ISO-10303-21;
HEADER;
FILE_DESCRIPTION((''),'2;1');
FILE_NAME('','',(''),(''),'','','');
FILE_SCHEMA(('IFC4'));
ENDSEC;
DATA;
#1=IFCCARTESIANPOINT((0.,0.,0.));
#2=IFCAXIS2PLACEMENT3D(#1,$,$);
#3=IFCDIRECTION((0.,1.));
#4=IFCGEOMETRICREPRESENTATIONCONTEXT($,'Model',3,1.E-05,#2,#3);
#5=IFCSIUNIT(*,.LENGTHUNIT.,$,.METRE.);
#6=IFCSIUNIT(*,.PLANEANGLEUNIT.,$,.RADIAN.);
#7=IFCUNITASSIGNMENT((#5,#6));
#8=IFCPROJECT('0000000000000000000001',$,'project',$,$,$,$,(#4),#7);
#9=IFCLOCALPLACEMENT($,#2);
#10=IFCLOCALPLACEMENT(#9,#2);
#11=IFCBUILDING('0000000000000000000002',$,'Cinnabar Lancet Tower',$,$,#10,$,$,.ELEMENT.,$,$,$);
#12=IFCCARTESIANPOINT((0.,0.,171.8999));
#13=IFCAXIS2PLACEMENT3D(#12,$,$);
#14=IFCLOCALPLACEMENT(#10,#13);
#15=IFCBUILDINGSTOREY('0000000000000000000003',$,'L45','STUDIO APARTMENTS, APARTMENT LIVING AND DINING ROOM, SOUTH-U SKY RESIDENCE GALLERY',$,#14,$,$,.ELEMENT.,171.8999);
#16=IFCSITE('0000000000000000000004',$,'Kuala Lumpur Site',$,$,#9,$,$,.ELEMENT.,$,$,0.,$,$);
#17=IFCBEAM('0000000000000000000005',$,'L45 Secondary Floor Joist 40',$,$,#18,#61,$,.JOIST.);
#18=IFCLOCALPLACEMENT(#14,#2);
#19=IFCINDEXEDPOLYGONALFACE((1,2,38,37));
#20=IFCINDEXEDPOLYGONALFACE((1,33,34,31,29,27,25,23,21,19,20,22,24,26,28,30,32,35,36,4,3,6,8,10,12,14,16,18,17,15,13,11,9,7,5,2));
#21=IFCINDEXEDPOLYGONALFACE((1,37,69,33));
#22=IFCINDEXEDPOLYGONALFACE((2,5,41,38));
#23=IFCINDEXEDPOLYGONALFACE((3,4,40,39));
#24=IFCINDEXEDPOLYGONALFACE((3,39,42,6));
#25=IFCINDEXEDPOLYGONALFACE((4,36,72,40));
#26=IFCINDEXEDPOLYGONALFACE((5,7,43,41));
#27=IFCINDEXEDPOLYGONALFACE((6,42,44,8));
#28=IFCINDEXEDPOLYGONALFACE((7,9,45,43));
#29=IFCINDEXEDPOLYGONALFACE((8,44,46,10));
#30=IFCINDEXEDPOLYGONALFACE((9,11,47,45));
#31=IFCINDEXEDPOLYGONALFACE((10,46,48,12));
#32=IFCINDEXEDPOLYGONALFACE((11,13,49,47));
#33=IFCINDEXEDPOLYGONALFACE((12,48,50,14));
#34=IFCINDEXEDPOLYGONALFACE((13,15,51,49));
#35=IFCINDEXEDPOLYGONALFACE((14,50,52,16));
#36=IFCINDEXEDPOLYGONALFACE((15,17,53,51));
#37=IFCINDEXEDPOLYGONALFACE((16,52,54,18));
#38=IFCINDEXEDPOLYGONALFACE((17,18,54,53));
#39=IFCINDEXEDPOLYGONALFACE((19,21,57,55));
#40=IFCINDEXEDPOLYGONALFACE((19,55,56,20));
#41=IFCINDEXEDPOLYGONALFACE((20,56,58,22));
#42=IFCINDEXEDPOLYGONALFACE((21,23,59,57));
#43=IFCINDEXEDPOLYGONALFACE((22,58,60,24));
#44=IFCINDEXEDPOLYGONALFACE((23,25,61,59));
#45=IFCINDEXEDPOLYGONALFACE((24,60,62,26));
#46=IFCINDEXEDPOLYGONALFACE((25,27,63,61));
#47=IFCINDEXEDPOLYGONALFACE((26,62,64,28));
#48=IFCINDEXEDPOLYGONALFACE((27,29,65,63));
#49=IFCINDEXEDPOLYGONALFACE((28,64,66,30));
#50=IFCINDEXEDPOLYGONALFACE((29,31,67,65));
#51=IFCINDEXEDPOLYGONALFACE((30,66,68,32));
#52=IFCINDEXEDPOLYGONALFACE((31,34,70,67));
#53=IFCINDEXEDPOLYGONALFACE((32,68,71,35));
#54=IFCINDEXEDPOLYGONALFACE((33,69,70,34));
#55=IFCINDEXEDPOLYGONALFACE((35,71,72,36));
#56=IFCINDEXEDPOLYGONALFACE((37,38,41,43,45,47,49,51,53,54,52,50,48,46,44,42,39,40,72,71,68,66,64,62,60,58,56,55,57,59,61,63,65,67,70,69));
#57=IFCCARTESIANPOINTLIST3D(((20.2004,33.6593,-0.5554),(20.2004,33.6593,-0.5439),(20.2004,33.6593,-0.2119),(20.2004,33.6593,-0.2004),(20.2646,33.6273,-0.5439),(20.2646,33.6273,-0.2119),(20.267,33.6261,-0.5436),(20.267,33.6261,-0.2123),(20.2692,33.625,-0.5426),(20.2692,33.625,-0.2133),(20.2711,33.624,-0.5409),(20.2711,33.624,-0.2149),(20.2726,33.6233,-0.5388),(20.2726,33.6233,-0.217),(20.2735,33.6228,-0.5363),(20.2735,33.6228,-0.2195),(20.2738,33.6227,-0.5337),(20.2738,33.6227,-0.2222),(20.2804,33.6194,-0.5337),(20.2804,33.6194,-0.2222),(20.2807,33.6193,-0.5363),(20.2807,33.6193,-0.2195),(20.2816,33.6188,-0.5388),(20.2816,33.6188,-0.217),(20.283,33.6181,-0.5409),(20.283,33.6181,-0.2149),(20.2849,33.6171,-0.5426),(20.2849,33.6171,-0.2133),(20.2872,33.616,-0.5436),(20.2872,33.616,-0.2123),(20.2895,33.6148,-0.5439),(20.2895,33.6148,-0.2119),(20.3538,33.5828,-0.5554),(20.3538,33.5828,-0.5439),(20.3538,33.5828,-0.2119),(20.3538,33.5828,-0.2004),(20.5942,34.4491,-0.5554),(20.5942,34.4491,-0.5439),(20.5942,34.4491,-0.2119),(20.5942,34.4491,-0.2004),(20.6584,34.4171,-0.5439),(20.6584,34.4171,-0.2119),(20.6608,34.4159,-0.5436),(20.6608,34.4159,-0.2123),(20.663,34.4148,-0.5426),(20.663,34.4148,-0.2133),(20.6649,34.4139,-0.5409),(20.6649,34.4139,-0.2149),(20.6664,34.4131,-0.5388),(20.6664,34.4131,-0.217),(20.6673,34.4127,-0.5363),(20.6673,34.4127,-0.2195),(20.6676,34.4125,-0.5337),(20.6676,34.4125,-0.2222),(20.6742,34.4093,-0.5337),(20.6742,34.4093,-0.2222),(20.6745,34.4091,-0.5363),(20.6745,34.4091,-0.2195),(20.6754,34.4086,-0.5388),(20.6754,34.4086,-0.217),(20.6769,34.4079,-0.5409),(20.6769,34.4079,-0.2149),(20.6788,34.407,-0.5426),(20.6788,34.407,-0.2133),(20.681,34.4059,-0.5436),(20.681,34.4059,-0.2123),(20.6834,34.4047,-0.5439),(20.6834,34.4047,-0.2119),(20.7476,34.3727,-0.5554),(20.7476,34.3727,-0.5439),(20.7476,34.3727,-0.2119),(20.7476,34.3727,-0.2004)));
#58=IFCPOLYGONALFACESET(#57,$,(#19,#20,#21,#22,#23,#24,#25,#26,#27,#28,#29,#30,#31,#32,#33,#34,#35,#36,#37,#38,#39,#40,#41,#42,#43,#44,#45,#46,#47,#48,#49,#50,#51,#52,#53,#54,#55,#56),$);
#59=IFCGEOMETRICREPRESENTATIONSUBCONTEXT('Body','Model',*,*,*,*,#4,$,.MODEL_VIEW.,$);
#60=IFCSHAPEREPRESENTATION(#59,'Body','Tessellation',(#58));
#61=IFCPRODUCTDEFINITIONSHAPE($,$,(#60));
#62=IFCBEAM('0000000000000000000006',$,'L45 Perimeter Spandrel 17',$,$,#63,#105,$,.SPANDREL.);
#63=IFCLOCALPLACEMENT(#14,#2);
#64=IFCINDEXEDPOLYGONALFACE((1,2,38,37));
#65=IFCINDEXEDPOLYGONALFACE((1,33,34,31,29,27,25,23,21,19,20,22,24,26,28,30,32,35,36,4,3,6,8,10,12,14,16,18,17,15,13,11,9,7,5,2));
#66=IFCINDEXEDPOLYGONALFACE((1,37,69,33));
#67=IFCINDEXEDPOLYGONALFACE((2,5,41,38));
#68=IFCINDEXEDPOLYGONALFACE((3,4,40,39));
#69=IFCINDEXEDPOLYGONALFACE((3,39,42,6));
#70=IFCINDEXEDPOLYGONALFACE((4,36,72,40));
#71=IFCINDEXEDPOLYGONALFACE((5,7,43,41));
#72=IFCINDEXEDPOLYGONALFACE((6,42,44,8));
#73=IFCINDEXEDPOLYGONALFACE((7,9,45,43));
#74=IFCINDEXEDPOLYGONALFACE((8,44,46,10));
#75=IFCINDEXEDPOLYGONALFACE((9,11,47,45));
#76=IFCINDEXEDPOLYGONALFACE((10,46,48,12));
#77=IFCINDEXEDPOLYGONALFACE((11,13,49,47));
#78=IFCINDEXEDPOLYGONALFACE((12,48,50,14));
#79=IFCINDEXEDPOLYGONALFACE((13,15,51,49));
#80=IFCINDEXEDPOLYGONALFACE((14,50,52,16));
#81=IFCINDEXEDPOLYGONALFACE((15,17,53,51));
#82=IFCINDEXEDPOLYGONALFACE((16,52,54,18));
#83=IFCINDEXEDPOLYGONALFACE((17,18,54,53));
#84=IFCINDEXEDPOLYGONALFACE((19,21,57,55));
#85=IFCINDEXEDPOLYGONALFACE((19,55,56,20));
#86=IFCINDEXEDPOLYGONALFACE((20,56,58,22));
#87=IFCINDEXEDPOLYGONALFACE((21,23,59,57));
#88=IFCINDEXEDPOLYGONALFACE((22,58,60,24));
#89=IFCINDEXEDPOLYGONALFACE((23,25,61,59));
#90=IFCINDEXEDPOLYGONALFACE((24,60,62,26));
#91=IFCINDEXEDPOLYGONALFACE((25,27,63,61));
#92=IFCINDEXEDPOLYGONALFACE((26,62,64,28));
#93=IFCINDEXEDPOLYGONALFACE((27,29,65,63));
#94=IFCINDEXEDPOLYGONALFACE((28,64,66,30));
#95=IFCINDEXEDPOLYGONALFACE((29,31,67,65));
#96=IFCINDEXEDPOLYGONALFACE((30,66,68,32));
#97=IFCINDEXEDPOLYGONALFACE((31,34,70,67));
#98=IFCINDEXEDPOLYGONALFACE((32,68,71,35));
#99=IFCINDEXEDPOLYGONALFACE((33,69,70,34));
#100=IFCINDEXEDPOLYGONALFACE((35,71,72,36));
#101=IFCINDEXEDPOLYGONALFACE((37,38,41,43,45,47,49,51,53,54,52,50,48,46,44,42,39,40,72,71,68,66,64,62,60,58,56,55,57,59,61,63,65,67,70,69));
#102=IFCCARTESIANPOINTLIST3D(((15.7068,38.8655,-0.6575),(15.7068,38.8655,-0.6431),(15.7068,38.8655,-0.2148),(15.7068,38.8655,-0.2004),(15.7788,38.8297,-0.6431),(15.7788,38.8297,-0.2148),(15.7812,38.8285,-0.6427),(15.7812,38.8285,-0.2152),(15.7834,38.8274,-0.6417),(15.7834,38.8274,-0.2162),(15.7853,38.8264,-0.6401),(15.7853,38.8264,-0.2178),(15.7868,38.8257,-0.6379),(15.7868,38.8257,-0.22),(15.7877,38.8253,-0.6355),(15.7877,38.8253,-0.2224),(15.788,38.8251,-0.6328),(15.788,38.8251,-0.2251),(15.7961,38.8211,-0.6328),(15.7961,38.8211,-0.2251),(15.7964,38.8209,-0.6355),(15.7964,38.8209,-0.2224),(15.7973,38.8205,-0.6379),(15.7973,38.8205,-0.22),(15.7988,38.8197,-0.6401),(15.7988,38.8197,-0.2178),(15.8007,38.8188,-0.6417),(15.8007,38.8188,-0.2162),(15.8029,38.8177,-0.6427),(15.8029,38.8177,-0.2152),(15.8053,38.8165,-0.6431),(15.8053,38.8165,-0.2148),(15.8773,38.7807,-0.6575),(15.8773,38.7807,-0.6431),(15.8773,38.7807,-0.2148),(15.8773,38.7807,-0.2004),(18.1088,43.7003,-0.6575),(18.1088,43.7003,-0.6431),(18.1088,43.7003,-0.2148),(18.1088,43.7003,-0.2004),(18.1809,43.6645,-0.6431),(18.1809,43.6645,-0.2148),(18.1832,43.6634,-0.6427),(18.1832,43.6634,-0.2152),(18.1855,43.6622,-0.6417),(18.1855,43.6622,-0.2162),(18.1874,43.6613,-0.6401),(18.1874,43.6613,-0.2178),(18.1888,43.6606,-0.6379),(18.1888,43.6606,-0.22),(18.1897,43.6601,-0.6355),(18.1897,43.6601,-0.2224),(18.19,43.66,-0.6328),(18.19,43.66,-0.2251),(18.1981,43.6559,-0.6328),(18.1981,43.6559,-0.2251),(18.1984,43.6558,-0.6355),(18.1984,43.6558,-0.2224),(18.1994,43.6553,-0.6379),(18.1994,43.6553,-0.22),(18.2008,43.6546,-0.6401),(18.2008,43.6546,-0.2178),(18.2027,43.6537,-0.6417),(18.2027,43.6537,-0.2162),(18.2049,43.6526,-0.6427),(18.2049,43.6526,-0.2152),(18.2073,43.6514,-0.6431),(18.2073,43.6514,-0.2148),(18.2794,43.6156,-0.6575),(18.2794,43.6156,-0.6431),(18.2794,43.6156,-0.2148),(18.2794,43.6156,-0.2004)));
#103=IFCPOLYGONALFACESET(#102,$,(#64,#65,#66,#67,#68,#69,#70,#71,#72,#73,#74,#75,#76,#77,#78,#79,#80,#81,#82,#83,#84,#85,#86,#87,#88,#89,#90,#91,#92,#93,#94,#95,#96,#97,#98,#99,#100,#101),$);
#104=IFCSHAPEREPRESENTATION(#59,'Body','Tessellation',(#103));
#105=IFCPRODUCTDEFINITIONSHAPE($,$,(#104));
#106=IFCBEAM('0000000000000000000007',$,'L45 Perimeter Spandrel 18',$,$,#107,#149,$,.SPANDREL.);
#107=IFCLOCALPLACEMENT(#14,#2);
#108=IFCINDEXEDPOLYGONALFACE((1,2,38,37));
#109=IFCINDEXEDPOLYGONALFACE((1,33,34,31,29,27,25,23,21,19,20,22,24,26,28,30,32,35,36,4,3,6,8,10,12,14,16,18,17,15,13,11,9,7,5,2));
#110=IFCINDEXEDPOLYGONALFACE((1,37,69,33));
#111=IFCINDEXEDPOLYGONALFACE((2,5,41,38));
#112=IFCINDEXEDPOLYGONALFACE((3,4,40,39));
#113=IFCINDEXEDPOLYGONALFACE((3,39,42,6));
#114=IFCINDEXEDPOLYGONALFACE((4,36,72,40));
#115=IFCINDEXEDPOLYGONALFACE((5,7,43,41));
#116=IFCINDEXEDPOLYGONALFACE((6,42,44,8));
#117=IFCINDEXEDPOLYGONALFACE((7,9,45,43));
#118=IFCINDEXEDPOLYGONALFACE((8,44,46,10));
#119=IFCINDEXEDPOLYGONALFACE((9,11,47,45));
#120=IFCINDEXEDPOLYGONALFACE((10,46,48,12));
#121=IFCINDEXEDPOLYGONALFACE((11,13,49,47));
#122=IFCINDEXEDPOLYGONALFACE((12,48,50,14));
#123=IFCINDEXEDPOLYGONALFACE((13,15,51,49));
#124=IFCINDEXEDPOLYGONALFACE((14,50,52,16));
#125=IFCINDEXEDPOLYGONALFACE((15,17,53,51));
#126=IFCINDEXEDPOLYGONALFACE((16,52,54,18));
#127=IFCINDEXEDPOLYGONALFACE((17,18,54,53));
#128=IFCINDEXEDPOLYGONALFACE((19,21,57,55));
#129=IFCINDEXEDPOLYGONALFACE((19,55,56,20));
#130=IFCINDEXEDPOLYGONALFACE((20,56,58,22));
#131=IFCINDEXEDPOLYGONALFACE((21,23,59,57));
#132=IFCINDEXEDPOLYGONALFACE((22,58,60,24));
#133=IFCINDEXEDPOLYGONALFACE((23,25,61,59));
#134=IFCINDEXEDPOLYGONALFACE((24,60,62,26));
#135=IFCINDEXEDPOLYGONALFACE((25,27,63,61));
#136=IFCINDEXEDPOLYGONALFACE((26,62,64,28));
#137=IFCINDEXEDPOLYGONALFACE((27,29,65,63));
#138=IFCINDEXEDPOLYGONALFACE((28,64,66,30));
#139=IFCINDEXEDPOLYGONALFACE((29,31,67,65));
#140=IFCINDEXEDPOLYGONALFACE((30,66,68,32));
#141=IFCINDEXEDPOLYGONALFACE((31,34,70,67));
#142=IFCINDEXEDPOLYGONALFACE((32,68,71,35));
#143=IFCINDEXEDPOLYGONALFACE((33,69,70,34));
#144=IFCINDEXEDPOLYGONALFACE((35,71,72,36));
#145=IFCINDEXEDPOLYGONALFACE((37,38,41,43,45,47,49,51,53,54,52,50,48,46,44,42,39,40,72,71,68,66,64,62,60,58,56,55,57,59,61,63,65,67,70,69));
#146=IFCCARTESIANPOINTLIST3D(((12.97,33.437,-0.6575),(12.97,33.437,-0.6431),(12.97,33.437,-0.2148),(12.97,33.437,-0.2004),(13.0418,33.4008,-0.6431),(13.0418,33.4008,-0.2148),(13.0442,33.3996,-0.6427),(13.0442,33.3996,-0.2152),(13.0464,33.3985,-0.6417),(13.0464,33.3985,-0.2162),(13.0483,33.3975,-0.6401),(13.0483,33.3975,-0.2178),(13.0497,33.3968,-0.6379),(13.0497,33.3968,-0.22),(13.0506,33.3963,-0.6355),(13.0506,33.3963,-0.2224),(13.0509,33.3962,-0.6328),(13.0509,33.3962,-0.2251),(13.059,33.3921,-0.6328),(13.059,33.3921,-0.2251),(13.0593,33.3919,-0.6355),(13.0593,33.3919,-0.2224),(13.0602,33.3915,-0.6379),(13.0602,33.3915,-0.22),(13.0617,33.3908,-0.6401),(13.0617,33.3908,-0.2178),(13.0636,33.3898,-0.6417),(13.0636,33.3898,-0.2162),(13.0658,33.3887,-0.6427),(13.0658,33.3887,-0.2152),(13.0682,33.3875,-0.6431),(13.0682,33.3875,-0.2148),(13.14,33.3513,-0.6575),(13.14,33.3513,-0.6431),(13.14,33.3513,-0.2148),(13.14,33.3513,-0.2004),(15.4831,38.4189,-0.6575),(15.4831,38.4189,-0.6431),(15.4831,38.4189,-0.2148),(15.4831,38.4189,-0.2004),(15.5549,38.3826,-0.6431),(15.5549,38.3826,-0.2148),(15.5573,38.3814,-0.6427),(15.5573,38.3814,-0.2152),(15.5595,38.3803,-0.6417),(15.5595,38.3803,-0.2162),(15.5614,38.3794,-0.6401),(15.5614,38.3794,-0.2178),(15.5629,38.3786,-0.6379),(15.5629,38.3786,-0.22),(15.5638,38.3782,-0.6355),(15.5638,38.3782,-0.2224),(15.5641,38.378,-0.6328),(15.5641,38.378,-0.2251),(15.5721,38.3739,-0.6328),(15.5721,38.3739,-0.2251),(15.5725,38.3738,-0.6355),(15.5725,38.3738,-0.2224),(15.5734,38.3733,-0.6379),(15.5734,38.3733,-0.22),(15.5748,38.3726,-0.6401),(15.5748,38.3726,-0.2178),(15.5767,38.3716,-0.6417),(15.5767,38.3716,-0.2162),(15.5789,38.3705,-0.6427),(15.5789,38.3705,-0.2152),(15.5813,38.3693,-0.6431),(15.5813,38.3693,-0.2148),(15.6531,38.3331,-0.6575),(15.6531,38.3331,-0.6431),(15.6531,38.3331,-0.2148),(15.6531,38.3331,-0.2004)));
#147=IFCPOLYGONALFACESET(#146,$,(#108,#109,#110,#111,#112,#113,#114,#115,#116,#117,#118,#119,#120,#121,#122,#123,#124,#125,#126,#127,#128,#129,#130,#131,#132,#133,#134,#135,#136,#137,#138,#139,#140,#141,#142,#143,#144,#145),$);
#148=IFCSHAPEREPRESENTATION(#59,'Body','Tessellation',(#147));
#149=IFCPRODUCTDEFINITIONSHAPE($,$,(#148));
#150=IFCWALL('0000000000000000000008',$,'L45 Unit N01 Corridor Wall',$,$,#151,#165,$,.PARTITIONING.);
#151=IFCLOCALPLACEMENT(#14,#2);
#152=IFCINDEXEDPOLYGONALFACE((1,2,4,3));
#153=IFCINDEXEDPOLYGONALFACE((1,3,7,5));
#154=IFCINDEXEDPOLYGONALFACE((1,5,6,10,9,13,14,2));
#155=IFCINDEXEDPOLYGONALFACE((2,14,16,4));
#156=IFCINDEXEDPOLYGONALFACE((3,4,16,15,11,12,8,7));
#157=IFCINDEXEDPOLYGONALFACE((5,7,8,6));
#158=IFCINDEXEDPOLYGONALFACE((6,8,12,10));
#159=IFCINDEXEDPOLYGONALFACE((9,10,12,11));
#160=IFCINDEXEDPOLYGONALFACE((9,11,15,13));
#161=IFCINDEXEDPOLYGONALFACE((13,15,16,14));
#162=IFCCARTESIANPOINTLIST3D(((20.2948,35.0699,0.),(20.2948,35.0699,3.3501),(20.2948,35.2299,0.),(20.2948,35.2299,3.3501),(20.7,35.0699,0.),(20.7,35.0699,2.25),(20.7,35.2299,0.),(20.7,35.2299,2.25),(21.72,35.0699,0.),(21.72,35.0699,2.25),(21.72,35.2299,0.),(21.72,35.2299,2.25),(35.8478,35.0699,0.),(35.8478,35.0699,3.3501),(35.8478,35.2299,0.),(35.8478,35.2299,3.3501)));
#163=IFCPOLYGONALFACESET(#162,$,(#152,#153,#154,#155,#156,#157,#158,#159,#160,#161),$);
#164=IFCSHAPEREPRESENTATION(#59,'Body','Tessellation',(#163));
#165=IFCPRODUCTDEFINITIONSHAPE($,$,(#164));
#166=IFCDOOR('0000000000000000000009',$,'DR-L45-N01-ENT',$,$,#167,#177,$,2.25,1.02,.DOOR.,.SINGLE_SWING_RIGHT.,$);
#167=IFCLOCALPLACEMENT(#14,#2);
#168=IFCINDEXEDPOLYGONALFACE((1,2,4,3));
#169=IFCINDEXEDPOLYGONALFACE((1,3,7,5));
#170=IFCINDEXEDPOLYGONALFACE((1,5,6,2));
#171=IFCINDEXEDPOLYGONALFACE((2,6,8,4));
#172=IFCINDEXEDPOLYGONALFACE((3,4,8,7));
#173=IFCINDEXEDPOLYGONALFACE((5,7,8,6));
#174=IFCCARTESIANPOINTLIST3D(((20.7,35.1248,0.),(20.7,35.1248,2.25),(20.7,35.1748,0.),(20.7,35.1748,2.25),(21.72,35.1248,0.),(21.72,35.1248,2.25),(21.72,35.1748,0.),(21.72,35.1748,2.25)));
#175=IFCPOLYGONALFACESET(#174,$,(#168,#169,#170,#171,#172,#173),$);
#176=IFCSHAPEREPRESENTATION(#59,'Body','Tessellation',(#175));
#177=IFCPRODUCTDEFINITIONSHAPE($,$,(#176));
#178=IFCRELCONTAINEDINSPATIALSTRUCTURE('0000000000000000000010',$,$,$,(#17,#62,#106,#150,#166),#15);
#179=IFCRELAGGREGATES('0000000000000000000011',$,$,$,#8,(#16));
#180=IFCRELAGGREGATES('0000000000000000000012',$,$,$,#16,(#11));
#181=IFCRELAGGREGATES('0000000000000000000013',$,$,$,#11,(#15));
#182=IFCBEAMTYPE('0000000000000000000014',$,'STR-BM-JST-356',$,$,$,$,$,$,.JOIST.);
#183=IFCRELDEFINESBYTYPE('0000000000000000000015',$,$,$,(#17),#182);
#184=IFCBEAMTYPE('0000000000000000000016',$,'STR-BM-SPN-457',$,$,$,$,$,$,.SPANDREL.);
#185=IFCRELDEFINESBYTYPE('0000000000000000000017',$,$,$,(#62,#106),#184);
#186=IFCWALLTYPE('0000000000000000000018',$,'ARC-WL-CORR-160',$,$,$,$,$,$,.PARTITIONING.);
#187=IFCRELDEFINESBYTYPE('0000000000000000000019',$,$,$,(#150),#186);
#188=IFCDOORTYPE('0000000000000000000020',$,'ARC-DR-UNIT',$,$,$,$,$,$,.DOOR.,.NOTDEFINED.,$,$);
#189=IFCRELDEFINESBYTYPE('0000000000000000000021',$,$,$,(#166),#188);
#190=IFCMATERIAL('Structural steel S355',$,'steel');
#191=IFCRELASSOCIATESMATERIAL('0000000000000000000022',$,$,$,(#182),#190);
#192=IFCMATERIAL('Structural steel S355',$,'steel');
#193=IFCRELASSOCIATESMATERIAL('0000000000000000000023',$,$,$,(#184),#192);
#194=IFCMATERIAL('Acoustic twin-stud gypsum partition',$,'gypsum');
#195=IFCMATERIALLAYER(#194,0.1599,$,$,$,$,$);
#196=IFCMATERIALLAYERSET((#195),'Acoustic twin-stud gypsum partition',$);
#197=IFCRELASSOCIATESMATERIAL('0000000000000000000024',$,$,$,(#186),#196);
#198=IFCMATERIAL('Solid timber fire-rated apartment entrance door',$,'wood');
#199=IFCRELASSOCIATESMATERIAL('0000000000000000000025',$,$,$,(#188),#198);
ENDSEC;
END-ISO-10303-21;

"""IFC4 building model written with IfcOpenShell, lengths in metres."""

from ifc_helpers import new_model, si_unit, direction, frame, frame_2d, origin, origin_2d, place, context, subcontext, project, spatial, rectangle, i_section, extrude, material, layer, layer_set, material_profile, profile_set, type_object, element, fill, save


model = new_model("IFC4")

# Units and contexts
model_context = context("Model", 3, precision=1e-05, world=origin(), true_north=direction((0.0, 1.0)))
body_context = subcontext(model_context, "Body", "Model", "MODEL_VIEW")
ifc_project = project(units=[si_unit("LENGTHUNIT", "METRE"), si_unit("PLANEANGLEUNIT", "RADIAN")], contexts=[model_context])

# Site, building, storey
site_placement = place(None, origin())
site = spatial("IfcSite", under=ifc_project, at=site_placement, Name="Kuala Lumpur Site", CompositionType="ELEMENT", RefElevation=0.0)
building_placement = place(site_placement, origin())
building = spatial("IfcBuilding", under=site, at=building_placement, Name="Cinnabar Lancet Tower", CompositionType="ELEMENT")
storey_placement = place(building_placement, frame((0.0, 0.0, 171.8999)))
storey = spatial("IfcBuildingStorey", under=building, at=storey_placement, Name="L45", Description="STUDIO APARTMENTS, APARTMENT LIVING AND DINING ROOM, SOUTH-U SKY RESIDENCE GALLERY", CompositionType="ELEMENT", Elevation=171.8999)

# Beams
ifc_material_1 = material(Name="Structural steel S355", Category="steel")
ifc_material_profile_1 = material_profile(ifc_material_1, i_section(OverallWidth=0.1714, OverallDepth=0.355, WebThickness=0.0073, FlangeThickness=0.0115, FilletRadius=0.0103, at=origin_2d()), Name="UKB 356x171x51")
ifc_profile_set_1 = profile_set([ifc_material_profile_1], Name="Structural steel S355")
beam_type_1 = type_object("IfcBeamType", Name="STR-BM-JST-356", PredefinedType="JOIST", material=ifc_profile_set_1)
beam_1_placement = place(storey_placement, frame((20.6709, 34.4109, -0.3779), z_axis=(-0.446217, -0.894925, 0.0), x_axis=(0.894925, -0.446217, 0.0)))
element("IfcBeam", 1, at=beam_1_placement, inside=storey, type_object=beam_type_1, Name="L45 Secondary Floor Joist 40", PredefinedType="JOIST", context=body_context, shape_type="SweptSolid", body=[
    extrude(i_section(OverallWidth=0.1714, OverallDepth=0.355, WebThickness=0.0073, FlangeThickness=0.0115, FilletRadius=0.0103, at=origin_2d()), origin(), (0.0, 0.0, 1.0), 0.8826),
])
ifc_material_2 = material(Name="Structural steel S355", Category="steel")
ifc_material_profile_2 = material_profile(ifc_material_2, i_section(OverallWidth=0.1904, OverallDepth=0.457, WebThickness=0.009, FlangeThickness=0.0144, FilletRadius=0.0103, at=origin_2d()), Name="UKB 457x191x74")
ifc_profile_set_2 = profile_set([ifc_material_profile_2], Name="Structural steel S355")
beam_type_2 = type_object("IfcBeamType", Name="STR-BM-SPN-457", PredefinedType="SPANDREL", material=ifc_profile_set_2)
beam_2_placement = place(storey_placement, frame((18.1941, 43.658, -0.429), z_axis=(-0.444933, -0.895564, 0.0), x_axis=(0.895564, -0.444933, 0.0)))
element("IfcBeam", 2, at=beam_2_placement, inside=storey, type_object=beam_type_2, Name="L45 Perimeter Spandrel 17", PredefinedType="SPANDREL", context=body_context, shape_type="SweptSolid", body=[
    extrude(i_section(OverallWidth=0.1904, OverallDepth=0.457, WebThickness=0.009, FlangeThickness=0.0144, FilletRadius=0.0103, at=origin_2d()), origin(), (0.0, 0.0, 1.0), 5.3987),
])
beam_3_placement = place(storey_placement, frame((15.5681, 38.376, -0.429), z_axis=(-0.450396, -0.892829, 0.0), x_axis=(0.892829, -0.450396, 0.0)))
element("IfcBeam", 3, at=beam_3_placement, inside=storey, type_object=beam_type_2, Name="L45 Perimeter Spandrel 18", PredefinedType="SPANDREL", context=body_context, shape_type="SweptSolid", body=[
    extrude(i_section(OverallWidth=0.1904, OverallDepth=0.457, WebThickness=0.009, FlangeThickness=0.0144, FilletRadius=0.0103, at=origin_2d()), origin(), (0.0, 0.0, 1.0), 5.5798),
])

# Wall, opening, door
ifc_material_3 = material(Name="Acoustic twin-stud gypsum partition", Category="gypsum")
ifc_layer_1 = layer(ifc_material_3, 0.1599)
ifc_layer_set_1 = layer_set([ifc_layer_1], Name="Acoustic twin-stud gypsum partition")
wall_type_1 = type_object("IfcWallType", Name="ARC-WL-CORR-160", PredefinedType="PARTITIONING", material=ifc_layer_set_1)
wall_1_placement = place(storey_placement, frame((20.2949, 35.1499, 0.0), z_axis=(0.0, 0.0, 1.0), x_axis=(1.0, 0.0, 0.0)))
wall_1 = element("IfcWall", 4, at=wall_1_placement, inside=storey, type_object=wall_type_1, Name="L45 Unit N01 Corridor Wall", PredefinedType="PARTITIONING", context=body_context, shape_type="SweptSolid", body=[
    extrude(rectangle(XDim=15.553, YDim=0.1599, at=frame_2d((7.7764, 0.0))), origin(), (0.0, 0.0, 1.0), 3.3501),
])
opening_1_placement = place(wall_1_placement, frame((0.405, 0.0, 0.0)))
opening_1 = element("IfcOpeningElement", 5, at=opening_1_placement, cuts=wall_1, PredefinedType="OPENING", context=body_context, shape_type="SweptSolid", body=[
    extrude(rectangle(XDim=1.02, YDim=2.25, at=frame_2d((0.51, 1.125))), frame((0.0, 0.0898, 0.0), z_axis=(0.0, -1.0, 0.0), x_axis=(1.0, 0.0, 0.0)), (0.0, 0.0, 1.0), 0.1799),
])
ifc_material_4 = material(Name="Solid timber fire-rated apartment entrance door", Category="wood")
door_type = type_object("IfcDoorType", Name="ARC-DR-UNIT", OperationType="NOTDEFINED", PredefinedType="DOOR", material=ifc_material_4)
door_placement = place(opening_1_placement, origin())
door = element("IfcDoor", 6, at=door_placement, inside=storey, type_object=door_type, Name="DR-L45-N01-ENT", OperationType="SINGLE_SWING_RIGHT", OverallHeight=2.25, OverallWidth=1.02, PredefinedType="DOOR", context=body_context, shape_type="SweptSolid", body=[
    extrude(rectangle(XDim=1.02, YDim=2.25, at=frame_2d((0.51, 1.125))), frame((0.0, 0.0249, 0.0), z_axis=(0.0, -1.0, 0.0), x_axis=(1.0, 0.0, 0.0)), (0.0, 0.0, 1.0), 0.05),
])
fill(opening_1, door)

save(model, "model.ifc")
